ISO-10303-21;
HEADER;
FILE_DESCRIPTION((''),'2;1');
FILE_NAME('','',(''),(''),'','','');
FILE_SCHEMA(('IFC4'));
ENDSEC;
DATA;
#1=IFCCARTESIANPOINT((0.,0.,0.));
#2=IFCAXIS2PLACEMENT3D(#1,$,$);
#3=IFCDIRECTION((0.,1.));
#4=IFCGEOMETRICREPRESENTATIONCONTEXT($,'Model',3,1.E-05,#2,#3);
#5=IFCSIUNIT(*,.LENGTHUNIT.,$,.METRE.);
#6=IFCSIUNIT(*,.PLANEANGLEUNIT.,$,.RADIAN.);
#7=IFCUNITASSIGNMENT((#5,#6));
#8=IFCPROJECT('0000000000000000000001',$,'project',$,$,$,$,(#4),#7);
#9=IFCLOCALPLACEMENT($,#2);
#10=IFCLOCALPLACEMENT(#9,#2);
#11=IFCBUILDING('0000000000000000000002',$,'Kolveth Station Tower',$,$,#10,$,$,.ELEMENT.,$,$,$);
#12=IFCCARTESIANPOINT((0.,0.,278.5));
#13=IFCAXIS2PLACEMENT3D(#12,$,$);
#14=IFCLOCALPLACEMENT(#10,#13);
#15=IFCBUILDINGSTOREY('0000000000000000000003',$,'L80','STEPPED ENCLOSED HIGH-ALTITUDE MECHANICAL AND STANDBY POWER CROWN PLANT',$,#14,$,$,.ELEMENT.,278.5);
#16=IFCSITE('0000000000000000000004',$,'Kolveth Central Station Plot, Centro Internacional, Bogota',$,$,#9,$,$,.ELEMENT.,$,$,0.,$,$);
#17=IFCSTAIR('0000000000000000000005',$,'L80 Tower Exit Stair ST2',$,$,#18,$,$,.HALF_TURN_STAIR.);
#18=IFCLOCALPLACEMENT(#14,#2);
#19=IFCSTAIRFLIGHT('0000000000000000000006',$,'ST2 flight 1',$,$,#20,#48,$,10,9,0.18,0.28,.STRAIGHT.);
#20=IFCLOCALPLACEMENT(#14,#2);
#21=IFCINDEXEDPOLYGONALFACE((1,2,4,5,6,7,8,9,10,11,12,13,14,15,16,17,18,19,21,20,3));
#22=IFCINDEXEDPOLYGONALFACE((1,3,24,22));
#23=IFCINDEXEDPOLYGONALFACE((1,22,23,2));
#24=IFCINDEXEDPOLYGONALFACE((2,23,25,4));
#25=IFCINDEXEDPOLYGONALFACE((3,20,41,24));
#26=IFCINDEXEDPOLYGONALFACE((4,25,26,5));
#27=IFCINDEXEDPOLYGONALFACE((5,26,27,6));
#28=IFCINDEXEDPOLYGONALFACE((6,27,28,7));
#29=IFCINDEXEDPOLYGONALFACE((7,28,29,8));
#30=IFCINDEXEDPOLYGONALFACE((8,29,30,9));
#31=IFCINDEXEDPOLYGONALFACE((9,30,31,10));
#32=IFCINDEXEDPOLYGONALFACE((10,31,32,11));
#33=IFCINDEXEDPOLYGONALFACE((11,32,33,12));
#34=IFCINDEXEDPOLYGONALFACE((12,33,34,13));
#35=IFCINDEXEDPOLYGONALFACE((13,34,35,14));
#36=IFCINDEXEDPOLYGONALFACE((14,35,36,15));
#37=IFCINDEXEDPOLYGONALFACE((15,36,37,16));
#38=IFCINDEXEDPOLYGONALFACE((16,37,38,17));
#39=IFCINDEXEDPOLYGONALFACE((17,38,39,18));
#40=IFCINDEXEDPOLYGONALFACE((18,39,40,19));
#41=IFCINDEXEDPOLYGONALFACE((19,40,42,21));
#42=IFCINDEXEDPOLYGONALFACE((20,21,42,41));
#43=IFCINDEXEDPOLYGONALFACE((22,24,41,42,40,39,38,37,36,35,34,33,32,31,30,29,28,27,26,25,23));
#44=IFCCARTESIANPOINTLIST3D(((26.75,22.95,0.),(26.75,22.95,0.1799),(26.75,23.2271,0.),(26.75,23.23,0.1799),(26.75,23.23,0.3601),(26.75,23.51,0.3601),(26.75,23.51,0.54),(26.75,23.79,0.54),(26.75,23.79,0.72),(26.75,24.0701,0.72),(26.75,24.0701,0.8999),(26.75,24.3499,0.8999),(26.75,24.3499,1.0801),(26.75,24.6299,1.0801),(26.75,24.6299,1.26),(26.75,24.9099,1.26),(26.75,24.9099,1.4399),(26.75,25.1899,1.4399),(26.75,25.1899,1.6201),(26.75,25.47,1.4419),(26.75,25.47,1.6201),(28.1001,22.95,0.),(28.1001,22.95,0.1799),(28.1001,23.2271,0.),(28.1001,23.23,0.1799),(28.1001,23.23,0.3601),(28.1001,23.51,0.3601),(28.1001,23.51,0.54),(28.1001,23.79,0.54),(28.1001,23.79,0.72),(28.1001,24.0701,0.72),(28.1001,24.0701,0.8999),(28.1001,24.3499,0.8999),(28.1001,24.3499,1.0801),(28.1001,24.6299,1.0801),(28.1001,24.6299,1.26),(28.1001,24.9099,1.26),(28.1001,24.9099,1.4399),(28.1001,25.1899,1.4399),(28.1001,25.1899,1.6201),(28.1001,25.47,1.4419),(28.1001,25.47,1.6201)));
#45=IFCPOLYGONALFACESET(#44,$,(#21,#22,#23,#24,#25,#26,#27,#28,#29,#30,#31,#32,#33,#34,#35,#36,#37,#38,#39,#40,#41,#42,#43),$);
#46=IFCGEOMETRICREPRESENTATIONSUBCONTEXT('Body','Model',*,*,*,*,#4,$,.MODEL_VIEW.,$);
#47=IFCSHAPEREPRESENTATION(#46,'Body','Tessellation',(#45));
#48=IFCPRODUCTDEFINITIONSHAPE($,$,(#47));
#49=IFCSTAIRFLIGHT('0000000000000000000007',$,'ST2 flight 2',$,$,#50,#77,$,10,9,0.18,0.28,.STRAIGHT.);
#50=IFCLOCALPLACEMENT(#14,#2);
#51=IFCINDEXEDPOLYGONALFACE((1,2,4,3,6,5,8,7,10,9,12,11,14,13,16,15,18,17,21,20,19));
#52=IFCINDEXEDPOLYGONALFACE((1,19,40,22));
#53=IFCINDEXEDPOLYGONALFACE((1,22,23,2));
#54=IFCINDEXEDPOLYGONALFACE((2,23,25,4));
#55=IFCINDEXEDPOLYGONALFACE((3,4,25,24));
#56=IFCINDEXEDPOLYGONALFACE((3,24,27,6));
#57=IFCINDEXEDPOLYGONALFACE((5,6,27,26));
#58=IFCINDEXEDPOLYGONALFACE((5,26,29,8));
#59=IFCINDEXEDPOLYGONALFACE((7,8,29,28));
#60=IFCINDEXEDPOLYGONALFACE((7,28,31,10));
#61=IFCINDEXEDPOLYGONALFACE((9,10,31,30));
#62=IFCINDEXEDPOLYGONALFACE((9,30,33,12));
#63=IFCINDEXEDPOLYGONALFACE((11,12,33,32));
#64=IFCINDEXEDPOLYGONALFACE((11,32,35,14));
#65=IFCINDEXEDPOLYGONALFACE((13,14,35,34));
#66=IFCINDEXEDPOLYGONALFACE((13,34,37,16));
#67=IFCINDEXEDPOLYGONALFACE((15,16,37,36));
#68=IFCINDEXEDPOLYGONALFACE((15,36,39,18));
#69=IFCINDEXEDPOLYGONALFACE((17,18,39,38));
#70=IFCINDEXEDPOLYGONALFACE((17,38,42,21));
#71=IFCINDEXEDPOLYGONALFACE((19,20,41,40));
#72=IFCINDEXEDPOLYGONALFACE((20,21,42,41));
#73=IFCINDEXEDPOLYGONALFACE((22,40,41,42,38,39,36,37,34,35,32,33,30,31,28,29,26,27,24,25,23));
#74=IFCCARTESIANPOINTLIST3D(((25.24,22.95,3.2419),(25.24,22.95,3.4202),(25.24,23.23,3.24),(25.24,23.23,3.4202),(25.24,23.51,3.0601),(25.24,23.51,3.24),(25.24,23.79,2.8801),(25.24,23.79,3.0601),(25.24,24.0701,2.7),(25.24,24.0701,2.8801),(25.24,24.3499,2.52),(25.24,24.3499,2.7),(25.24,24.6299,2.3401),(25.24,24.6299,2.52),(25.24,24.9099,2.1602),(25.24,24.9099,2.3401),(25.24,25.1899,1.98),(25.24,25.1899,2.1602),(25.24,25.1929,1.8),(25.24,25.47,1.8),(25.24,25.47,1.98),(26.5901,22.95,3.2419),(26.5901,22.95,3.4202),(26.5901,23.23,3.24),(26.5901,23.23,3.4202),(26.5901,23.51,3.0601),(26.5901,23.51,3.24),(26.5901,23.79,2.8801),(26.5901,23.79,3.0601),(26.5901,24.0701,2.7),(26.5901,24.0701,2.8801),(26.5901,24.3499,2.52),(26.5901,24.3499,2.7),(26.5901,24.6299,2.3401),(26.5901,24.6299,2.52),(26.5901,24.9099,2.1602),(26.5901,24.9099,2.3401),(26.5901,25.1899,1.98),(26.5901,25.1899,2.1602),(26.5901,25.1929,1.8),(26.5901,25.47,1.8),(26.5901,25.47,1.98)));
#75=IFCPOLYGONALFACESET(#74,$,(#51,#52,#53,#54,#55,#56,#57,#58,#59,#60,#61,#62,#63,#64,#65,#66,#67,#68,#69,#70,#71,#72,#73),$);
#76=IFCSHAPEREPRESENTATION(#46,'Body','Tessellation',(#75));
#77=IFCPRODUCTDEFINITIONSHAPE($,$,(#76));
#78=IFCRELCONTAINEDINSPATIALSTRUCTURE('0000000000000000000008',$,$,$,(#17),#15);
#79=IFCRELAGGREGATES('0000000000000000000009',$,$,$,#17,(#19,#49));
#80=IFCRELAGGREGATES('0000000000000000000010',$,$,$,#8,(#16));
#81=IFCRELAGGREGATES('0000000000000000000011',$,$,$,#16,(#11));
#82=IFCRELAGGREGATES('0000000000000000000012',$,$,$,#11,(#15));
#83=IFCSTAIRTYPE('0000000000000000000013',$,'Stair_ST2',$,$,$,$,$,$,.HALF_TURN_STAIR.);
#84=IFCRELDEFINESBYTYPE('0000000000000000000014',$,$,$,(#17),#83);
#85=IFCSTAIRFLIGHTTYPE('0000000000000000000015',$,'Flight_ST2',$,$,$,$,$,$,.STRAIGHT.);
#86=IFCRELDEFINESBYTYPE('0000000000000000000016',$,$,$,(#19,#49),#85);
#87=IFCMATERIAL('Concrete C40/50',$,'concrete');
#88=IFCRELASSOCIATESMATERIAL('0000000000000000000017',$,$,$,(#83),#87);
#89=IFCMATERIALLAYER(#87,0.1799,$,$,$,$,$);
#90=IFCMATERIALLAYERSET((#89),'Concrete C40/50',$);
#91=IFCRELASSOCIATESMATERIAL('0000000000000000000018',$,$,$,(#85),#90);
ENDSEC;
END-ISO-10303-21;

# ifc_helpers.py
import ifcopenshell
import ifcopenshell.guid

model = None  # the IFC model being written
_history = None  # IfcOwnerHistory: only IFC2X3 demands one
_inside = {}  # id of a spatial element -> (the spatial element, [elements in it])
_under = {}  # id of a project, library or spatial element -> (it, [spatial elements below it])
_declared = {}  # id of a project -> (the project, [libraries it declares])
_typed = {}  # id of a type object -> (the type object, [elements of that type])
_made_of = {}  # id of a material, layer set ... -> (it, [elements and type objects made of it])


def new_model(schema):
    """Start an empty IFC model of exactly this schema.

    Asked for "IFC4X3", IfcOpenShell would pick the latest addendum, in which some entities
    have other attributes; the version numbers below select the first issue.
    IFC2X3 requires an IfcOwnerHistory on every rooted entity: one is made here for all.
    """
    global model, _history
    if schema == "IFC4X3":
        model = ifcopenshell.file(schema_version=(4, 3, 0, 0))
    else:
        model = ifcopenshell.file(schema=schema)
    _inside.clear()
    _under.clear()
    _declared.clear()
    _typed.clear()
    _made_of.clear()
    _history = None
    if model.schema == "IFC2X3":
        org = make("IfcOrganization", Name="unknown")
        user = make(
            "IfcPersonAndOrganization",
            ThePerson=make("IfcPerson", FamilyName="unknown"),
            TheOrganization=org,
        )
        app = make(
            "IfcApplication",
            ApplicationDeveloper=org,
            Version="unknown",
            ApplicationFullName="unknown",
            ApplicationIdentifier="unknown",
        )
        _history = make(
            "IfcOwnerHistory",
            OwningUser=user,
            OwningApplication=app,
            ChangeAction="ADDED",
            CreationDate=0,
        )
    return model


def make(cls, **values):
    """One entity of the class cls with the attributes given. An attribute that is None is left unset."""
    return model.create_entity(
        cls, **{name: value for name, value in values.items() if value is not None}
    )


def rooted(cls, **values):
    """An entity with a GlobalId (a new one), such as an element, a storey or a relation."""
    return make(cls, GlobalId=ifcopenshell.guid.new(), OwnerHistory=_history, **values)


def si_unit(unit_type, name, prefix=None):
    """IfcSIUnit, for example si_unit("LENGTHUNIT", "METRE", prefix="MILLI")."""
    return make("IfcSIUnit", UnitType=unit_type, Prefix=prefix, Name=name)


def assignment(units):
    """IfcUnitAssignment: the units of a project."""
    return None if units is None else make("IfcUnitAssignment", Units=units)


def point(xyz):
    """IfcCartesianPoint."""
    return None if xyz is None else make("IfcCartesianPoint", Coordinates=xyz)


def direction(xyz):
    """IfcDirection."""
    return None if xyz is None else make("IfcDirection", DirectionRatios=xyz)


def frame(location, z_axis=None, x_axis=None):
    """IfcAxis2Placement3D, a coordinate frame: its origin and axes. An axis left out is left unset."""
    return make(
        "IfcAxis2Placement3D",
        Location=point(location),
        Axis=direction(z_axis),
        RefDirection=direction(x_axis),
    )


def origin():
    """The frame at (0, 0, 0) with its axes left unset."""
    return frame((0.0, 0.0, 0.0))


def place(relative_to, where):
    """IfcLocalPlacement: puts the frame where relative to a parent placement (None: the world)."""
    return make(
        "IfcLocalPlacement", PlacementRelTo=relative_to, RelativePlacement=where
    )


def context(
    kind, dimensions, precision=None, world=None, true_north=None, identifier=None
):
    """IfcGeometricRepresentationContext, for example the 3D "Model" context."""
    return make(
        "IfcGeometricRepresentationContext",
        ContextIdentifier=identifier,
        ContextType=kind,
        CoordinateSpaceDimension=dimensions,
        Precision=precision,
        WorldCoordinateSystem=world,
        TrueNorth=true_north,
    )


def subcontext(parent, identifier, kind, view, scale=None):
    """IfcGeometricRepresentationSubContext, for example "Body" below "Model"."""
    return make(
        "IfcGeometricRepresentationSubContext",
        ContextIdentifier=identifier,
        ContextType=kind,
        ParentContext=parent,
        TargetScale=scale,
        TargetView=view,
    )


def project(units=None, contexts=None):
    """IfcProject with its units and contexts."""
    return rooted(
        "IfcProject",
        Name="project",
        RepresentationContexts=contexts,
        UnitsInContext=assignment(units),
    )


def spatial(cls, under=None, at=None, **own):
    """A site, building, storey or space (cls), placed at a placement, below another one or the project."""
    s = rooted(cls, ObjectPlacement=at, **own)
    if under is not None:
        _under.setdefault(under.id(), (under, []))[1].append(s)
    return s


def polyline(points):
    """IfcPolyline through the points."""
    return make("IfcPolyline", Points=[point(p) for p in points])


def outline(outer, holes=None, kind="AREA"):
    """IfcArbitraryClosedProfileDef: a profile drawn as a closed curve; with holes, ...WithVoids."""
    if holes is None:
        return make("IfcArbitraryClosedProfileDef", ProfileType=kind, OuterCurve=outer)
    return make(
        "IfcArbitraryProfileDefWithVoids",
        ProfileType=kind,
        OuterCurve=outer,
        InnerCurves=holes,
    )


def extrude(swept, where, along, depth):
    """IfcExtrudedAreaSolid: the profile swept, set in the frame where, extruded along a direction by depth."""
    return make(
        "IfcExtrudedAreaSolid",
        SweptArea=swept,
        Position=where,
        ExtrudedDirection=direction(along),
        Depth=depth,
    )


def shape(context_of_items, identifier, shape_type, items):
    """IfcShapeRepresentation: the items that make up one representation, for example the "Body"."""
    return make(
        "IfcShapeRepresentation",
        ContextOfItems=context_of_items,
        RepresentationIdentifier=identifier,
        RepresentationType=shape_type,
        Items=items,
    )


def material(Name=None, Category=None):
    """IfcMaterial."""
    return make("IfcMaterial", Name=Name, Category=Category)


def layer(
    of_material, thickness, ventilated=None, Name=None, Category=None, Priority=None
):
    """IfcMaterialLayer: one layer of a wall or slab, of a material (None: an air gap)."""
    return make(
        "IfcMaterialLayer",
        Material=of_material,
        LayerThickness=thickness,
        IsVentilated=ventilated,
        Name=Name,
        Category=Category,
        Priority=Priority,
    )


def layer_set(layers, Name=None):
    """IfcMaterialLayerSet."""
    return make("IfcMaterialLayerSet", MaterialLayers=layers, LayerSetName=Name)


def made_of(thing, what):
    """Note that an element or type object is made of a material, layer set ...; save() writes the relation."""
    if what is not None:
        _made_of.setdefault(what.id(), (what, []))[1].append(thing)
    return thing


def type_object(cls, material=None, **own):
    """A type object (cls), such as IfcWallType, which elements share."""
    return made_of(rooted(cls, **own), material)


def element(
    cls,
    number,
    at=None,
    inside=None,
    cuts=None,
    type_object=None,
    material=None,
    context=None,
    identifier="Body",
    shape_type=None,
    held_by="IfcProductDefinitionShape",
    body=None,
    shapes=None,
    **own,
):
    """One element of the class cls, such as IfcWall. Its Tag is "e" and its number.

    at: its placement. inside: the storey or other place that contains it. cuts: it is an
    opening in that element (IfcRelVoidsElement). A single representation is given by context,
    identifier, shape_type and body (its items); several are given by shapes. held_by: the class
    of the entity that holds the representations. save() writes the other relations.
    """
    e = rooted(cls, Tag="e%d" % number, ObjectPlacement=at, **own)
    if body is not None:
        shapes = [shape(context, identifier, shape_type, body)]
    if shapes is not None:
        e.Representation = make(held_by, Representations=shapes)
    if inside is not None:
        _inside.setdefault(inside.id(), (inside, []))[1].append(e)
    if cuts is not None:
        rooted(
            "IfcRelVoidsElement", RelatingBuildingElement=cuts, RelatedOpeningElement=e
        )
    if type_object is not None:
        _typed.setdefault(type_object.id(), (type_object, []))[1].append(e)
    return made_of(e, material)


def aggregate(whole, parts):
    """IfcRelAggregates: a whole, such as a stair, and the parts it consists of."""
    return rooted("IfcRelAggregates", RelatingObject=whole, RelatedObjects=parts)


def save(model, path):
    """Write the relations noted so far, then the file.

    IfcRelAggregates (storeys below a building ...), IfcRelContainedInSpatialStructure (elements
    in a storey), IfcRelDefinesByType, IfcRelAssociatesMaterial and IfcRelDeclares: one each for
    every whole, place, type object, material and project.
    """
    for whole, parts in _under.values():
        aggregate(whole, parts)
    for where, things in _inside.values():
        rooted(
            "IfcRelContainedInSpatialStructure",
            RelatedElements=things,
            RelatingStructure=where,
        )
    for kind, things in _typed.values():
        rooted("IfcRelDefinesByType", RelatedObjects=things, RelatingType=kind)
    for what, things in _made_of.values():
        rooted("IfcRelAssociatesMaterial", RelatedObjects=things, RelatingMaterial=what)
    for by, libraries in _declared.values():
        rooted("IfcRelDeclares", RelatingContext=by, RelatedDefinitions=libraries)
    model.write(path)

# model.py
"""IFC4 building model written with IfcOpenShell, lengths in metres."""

from ifc_helpers import new_model, si_unit, direction, frame, origin, place, context, subcontext, project, spatial, polyline, outline, extrude, material, layer, layer_set, type_object, element, aggregate, save


model = new_model("IFC4")

# Units and contexts
model_context = context("Model", 3, precision=1e-05, world=origin(), true_north=direction((0.0, 1.0)))
body_context = subcontext(model_context, "Body", "Model", "MODEL_VIEW")
ifc_project = project(units=[si_unit("LENGTHUNIT", "METRE"), si_unit("PLANEANGLEUNIT", "RADIAN")], contexts=[model_context])

# Site, building, storey
site_placement = place(None, origin())
site = spatial("IfcSite", under=ifc_project, at=site_placement, Name="Kolveth Central Station Plot, Centro Internacional, Bogota", CompositionType="ELEMENT", RefElevation=0.0)
building_placement = place(site_placement, origin())
building = spatial("IfcBuilding", under=site, at=building_placement, Name="Kolveth Station Tower", CompositionType="ELEMENT")
storey_placement = place(building_placement, frame((0.0, 0.0, 278.5)))
storey = spatial("IfcBuildingStorey", under=building, at=storey_placement, Name="L80", Description="STEPPED ENCLOSED HIGH-ALTITUDE MECHANICAL AND STANDBY POWER CROWN PLANT", CompositionType="ELEMENT", Elevation=278.5)

# Shared definitions
ifc_material_1 = material(Name="Concrete C40/50", Category="concrete")

# Stair, stair flights
stair_type_1 = type_object("IfcStairType", Name="Stair_ST2", PredefinedType="HALF_TURN_STAIR", material=ifc_material_1)
stair_1_placement = place(storey_placement, origin())
stair_1 = element("IfcStair", 1, at=stair_1_placement, inside=storey, type_object=stair_type_1, Name="L80 Tower Exit Stair ST2", PredefinedType="HALF_TURN_STAIR")
ifc_layer_1 = layer(ifc_material_1, 0.1799)
ifc_layer_set_1 = layer_set([ifc_layer_1], Name="Concrete C40/50")
stair_flight_type_1 = type_object("IfcStairFlightType", Name="Flight_ST2", PredefinedType="STRAIGHT", material=ifc_layer_set_1)
stair_flight_1_placement = place(storey_placement, frame((27.425, 22.95, 0.0), z_axis=(0.0, 0.0, 1.0), x_axis=(0.0, 1.0, 0.0)))
stair_flight_1 = element("IfcStairFlight", 2, at=stair_flight_1_placement, type_object=stair_flight_type_1, Name="ST2 flight 1", NumberOfRisers=10, NumberOfTreads=9, PredefinedType="STRAIGHT", RiserHeight=0.18, TreadLength=0.28, context=body_context, shape_type="SweptSolid", body=[
    extrude(outline(polyline([(0.0, 0.0), (0.0, 0.1799), (0.28, 0.1799), (0.28, 0.3601), (0.5601, 0.3601), (0.5601, 0.54), (0.8401, 0.54), (0.8401, 0.72), (1.1201, 0.72), (1.1201, 0.8999), (1.3999, 0.8999), (1.3999, 1.0801), (1.6799, 1.0801), (1.6799, 1.26), (1.96, 1.26), (1.96, 1.4399), (2.24, 1.4399), (2.24, 1.6201), (2.52, 1.6201), (2.52, 1.8), (2.52, 1.4419), (0.2771, 0.0), (0.0, 0.0)])), frame((0.0, 0.675, 0.0), z_axis=(0.0, -1.0, 0.0), x_axis=(1.0, 0.0, 0.0)), (0.0, 0.0, 1.0), 1.3501),
])
stair_flight_2_placement = place(storey_placement, frame((25.915, 25.47, 1.8), z_axis=(0.0, 0.0, 1.0), x_axis=(0.0, -1.0, 0.0)))
stair_flight_2 = element("IfcStairFlight", 3, at=stair_flight_2_placement, type_object=stair_flight_type_1, Name="ST2 flight 2", NumberOfRisers=10, NumberOfTreads=9, PredefinedType="STRAIGHT", RiserHeight=0.18, TreadLength=0.28, context=body_context, shape_type="SweptSolid", body=[
    extrude(outline(polyline([(0.0, 0.0), (0.0, 0.1799), (0.28, 0.1799), (0.28, 0.3601), (0.5601, 0.3601), (0.5601, 0.54), (0.8401, 0.54), (0.8401, 0.72), (1.1201, 0.72), (1.1201, 0.8999), (1.3999, 0.8999), (1.3999, 1.0801), (1.6799, 1.0801), (1.6799, 1.26), (1.96, 1.26), (1.96, 1.4399), (2.24, 1.4399), (2.24, 1.6201), (2.52, 1.6201), (2.52, 1.8), (2.52, 1.4419), (0.2771, 0.0), (0.0, 0.0)])), frame((0.0, 0.675, 0.0), z_axis=(0.0, -1.0, 0.0), x_axis=(1.0, 0.0, 0.0)), (0.0, 0.0, 1.0), 1.3501),
])
aggregate(stair_1, [stair_flight_1, stair_flight_2])

save(model, "model.ifc")
